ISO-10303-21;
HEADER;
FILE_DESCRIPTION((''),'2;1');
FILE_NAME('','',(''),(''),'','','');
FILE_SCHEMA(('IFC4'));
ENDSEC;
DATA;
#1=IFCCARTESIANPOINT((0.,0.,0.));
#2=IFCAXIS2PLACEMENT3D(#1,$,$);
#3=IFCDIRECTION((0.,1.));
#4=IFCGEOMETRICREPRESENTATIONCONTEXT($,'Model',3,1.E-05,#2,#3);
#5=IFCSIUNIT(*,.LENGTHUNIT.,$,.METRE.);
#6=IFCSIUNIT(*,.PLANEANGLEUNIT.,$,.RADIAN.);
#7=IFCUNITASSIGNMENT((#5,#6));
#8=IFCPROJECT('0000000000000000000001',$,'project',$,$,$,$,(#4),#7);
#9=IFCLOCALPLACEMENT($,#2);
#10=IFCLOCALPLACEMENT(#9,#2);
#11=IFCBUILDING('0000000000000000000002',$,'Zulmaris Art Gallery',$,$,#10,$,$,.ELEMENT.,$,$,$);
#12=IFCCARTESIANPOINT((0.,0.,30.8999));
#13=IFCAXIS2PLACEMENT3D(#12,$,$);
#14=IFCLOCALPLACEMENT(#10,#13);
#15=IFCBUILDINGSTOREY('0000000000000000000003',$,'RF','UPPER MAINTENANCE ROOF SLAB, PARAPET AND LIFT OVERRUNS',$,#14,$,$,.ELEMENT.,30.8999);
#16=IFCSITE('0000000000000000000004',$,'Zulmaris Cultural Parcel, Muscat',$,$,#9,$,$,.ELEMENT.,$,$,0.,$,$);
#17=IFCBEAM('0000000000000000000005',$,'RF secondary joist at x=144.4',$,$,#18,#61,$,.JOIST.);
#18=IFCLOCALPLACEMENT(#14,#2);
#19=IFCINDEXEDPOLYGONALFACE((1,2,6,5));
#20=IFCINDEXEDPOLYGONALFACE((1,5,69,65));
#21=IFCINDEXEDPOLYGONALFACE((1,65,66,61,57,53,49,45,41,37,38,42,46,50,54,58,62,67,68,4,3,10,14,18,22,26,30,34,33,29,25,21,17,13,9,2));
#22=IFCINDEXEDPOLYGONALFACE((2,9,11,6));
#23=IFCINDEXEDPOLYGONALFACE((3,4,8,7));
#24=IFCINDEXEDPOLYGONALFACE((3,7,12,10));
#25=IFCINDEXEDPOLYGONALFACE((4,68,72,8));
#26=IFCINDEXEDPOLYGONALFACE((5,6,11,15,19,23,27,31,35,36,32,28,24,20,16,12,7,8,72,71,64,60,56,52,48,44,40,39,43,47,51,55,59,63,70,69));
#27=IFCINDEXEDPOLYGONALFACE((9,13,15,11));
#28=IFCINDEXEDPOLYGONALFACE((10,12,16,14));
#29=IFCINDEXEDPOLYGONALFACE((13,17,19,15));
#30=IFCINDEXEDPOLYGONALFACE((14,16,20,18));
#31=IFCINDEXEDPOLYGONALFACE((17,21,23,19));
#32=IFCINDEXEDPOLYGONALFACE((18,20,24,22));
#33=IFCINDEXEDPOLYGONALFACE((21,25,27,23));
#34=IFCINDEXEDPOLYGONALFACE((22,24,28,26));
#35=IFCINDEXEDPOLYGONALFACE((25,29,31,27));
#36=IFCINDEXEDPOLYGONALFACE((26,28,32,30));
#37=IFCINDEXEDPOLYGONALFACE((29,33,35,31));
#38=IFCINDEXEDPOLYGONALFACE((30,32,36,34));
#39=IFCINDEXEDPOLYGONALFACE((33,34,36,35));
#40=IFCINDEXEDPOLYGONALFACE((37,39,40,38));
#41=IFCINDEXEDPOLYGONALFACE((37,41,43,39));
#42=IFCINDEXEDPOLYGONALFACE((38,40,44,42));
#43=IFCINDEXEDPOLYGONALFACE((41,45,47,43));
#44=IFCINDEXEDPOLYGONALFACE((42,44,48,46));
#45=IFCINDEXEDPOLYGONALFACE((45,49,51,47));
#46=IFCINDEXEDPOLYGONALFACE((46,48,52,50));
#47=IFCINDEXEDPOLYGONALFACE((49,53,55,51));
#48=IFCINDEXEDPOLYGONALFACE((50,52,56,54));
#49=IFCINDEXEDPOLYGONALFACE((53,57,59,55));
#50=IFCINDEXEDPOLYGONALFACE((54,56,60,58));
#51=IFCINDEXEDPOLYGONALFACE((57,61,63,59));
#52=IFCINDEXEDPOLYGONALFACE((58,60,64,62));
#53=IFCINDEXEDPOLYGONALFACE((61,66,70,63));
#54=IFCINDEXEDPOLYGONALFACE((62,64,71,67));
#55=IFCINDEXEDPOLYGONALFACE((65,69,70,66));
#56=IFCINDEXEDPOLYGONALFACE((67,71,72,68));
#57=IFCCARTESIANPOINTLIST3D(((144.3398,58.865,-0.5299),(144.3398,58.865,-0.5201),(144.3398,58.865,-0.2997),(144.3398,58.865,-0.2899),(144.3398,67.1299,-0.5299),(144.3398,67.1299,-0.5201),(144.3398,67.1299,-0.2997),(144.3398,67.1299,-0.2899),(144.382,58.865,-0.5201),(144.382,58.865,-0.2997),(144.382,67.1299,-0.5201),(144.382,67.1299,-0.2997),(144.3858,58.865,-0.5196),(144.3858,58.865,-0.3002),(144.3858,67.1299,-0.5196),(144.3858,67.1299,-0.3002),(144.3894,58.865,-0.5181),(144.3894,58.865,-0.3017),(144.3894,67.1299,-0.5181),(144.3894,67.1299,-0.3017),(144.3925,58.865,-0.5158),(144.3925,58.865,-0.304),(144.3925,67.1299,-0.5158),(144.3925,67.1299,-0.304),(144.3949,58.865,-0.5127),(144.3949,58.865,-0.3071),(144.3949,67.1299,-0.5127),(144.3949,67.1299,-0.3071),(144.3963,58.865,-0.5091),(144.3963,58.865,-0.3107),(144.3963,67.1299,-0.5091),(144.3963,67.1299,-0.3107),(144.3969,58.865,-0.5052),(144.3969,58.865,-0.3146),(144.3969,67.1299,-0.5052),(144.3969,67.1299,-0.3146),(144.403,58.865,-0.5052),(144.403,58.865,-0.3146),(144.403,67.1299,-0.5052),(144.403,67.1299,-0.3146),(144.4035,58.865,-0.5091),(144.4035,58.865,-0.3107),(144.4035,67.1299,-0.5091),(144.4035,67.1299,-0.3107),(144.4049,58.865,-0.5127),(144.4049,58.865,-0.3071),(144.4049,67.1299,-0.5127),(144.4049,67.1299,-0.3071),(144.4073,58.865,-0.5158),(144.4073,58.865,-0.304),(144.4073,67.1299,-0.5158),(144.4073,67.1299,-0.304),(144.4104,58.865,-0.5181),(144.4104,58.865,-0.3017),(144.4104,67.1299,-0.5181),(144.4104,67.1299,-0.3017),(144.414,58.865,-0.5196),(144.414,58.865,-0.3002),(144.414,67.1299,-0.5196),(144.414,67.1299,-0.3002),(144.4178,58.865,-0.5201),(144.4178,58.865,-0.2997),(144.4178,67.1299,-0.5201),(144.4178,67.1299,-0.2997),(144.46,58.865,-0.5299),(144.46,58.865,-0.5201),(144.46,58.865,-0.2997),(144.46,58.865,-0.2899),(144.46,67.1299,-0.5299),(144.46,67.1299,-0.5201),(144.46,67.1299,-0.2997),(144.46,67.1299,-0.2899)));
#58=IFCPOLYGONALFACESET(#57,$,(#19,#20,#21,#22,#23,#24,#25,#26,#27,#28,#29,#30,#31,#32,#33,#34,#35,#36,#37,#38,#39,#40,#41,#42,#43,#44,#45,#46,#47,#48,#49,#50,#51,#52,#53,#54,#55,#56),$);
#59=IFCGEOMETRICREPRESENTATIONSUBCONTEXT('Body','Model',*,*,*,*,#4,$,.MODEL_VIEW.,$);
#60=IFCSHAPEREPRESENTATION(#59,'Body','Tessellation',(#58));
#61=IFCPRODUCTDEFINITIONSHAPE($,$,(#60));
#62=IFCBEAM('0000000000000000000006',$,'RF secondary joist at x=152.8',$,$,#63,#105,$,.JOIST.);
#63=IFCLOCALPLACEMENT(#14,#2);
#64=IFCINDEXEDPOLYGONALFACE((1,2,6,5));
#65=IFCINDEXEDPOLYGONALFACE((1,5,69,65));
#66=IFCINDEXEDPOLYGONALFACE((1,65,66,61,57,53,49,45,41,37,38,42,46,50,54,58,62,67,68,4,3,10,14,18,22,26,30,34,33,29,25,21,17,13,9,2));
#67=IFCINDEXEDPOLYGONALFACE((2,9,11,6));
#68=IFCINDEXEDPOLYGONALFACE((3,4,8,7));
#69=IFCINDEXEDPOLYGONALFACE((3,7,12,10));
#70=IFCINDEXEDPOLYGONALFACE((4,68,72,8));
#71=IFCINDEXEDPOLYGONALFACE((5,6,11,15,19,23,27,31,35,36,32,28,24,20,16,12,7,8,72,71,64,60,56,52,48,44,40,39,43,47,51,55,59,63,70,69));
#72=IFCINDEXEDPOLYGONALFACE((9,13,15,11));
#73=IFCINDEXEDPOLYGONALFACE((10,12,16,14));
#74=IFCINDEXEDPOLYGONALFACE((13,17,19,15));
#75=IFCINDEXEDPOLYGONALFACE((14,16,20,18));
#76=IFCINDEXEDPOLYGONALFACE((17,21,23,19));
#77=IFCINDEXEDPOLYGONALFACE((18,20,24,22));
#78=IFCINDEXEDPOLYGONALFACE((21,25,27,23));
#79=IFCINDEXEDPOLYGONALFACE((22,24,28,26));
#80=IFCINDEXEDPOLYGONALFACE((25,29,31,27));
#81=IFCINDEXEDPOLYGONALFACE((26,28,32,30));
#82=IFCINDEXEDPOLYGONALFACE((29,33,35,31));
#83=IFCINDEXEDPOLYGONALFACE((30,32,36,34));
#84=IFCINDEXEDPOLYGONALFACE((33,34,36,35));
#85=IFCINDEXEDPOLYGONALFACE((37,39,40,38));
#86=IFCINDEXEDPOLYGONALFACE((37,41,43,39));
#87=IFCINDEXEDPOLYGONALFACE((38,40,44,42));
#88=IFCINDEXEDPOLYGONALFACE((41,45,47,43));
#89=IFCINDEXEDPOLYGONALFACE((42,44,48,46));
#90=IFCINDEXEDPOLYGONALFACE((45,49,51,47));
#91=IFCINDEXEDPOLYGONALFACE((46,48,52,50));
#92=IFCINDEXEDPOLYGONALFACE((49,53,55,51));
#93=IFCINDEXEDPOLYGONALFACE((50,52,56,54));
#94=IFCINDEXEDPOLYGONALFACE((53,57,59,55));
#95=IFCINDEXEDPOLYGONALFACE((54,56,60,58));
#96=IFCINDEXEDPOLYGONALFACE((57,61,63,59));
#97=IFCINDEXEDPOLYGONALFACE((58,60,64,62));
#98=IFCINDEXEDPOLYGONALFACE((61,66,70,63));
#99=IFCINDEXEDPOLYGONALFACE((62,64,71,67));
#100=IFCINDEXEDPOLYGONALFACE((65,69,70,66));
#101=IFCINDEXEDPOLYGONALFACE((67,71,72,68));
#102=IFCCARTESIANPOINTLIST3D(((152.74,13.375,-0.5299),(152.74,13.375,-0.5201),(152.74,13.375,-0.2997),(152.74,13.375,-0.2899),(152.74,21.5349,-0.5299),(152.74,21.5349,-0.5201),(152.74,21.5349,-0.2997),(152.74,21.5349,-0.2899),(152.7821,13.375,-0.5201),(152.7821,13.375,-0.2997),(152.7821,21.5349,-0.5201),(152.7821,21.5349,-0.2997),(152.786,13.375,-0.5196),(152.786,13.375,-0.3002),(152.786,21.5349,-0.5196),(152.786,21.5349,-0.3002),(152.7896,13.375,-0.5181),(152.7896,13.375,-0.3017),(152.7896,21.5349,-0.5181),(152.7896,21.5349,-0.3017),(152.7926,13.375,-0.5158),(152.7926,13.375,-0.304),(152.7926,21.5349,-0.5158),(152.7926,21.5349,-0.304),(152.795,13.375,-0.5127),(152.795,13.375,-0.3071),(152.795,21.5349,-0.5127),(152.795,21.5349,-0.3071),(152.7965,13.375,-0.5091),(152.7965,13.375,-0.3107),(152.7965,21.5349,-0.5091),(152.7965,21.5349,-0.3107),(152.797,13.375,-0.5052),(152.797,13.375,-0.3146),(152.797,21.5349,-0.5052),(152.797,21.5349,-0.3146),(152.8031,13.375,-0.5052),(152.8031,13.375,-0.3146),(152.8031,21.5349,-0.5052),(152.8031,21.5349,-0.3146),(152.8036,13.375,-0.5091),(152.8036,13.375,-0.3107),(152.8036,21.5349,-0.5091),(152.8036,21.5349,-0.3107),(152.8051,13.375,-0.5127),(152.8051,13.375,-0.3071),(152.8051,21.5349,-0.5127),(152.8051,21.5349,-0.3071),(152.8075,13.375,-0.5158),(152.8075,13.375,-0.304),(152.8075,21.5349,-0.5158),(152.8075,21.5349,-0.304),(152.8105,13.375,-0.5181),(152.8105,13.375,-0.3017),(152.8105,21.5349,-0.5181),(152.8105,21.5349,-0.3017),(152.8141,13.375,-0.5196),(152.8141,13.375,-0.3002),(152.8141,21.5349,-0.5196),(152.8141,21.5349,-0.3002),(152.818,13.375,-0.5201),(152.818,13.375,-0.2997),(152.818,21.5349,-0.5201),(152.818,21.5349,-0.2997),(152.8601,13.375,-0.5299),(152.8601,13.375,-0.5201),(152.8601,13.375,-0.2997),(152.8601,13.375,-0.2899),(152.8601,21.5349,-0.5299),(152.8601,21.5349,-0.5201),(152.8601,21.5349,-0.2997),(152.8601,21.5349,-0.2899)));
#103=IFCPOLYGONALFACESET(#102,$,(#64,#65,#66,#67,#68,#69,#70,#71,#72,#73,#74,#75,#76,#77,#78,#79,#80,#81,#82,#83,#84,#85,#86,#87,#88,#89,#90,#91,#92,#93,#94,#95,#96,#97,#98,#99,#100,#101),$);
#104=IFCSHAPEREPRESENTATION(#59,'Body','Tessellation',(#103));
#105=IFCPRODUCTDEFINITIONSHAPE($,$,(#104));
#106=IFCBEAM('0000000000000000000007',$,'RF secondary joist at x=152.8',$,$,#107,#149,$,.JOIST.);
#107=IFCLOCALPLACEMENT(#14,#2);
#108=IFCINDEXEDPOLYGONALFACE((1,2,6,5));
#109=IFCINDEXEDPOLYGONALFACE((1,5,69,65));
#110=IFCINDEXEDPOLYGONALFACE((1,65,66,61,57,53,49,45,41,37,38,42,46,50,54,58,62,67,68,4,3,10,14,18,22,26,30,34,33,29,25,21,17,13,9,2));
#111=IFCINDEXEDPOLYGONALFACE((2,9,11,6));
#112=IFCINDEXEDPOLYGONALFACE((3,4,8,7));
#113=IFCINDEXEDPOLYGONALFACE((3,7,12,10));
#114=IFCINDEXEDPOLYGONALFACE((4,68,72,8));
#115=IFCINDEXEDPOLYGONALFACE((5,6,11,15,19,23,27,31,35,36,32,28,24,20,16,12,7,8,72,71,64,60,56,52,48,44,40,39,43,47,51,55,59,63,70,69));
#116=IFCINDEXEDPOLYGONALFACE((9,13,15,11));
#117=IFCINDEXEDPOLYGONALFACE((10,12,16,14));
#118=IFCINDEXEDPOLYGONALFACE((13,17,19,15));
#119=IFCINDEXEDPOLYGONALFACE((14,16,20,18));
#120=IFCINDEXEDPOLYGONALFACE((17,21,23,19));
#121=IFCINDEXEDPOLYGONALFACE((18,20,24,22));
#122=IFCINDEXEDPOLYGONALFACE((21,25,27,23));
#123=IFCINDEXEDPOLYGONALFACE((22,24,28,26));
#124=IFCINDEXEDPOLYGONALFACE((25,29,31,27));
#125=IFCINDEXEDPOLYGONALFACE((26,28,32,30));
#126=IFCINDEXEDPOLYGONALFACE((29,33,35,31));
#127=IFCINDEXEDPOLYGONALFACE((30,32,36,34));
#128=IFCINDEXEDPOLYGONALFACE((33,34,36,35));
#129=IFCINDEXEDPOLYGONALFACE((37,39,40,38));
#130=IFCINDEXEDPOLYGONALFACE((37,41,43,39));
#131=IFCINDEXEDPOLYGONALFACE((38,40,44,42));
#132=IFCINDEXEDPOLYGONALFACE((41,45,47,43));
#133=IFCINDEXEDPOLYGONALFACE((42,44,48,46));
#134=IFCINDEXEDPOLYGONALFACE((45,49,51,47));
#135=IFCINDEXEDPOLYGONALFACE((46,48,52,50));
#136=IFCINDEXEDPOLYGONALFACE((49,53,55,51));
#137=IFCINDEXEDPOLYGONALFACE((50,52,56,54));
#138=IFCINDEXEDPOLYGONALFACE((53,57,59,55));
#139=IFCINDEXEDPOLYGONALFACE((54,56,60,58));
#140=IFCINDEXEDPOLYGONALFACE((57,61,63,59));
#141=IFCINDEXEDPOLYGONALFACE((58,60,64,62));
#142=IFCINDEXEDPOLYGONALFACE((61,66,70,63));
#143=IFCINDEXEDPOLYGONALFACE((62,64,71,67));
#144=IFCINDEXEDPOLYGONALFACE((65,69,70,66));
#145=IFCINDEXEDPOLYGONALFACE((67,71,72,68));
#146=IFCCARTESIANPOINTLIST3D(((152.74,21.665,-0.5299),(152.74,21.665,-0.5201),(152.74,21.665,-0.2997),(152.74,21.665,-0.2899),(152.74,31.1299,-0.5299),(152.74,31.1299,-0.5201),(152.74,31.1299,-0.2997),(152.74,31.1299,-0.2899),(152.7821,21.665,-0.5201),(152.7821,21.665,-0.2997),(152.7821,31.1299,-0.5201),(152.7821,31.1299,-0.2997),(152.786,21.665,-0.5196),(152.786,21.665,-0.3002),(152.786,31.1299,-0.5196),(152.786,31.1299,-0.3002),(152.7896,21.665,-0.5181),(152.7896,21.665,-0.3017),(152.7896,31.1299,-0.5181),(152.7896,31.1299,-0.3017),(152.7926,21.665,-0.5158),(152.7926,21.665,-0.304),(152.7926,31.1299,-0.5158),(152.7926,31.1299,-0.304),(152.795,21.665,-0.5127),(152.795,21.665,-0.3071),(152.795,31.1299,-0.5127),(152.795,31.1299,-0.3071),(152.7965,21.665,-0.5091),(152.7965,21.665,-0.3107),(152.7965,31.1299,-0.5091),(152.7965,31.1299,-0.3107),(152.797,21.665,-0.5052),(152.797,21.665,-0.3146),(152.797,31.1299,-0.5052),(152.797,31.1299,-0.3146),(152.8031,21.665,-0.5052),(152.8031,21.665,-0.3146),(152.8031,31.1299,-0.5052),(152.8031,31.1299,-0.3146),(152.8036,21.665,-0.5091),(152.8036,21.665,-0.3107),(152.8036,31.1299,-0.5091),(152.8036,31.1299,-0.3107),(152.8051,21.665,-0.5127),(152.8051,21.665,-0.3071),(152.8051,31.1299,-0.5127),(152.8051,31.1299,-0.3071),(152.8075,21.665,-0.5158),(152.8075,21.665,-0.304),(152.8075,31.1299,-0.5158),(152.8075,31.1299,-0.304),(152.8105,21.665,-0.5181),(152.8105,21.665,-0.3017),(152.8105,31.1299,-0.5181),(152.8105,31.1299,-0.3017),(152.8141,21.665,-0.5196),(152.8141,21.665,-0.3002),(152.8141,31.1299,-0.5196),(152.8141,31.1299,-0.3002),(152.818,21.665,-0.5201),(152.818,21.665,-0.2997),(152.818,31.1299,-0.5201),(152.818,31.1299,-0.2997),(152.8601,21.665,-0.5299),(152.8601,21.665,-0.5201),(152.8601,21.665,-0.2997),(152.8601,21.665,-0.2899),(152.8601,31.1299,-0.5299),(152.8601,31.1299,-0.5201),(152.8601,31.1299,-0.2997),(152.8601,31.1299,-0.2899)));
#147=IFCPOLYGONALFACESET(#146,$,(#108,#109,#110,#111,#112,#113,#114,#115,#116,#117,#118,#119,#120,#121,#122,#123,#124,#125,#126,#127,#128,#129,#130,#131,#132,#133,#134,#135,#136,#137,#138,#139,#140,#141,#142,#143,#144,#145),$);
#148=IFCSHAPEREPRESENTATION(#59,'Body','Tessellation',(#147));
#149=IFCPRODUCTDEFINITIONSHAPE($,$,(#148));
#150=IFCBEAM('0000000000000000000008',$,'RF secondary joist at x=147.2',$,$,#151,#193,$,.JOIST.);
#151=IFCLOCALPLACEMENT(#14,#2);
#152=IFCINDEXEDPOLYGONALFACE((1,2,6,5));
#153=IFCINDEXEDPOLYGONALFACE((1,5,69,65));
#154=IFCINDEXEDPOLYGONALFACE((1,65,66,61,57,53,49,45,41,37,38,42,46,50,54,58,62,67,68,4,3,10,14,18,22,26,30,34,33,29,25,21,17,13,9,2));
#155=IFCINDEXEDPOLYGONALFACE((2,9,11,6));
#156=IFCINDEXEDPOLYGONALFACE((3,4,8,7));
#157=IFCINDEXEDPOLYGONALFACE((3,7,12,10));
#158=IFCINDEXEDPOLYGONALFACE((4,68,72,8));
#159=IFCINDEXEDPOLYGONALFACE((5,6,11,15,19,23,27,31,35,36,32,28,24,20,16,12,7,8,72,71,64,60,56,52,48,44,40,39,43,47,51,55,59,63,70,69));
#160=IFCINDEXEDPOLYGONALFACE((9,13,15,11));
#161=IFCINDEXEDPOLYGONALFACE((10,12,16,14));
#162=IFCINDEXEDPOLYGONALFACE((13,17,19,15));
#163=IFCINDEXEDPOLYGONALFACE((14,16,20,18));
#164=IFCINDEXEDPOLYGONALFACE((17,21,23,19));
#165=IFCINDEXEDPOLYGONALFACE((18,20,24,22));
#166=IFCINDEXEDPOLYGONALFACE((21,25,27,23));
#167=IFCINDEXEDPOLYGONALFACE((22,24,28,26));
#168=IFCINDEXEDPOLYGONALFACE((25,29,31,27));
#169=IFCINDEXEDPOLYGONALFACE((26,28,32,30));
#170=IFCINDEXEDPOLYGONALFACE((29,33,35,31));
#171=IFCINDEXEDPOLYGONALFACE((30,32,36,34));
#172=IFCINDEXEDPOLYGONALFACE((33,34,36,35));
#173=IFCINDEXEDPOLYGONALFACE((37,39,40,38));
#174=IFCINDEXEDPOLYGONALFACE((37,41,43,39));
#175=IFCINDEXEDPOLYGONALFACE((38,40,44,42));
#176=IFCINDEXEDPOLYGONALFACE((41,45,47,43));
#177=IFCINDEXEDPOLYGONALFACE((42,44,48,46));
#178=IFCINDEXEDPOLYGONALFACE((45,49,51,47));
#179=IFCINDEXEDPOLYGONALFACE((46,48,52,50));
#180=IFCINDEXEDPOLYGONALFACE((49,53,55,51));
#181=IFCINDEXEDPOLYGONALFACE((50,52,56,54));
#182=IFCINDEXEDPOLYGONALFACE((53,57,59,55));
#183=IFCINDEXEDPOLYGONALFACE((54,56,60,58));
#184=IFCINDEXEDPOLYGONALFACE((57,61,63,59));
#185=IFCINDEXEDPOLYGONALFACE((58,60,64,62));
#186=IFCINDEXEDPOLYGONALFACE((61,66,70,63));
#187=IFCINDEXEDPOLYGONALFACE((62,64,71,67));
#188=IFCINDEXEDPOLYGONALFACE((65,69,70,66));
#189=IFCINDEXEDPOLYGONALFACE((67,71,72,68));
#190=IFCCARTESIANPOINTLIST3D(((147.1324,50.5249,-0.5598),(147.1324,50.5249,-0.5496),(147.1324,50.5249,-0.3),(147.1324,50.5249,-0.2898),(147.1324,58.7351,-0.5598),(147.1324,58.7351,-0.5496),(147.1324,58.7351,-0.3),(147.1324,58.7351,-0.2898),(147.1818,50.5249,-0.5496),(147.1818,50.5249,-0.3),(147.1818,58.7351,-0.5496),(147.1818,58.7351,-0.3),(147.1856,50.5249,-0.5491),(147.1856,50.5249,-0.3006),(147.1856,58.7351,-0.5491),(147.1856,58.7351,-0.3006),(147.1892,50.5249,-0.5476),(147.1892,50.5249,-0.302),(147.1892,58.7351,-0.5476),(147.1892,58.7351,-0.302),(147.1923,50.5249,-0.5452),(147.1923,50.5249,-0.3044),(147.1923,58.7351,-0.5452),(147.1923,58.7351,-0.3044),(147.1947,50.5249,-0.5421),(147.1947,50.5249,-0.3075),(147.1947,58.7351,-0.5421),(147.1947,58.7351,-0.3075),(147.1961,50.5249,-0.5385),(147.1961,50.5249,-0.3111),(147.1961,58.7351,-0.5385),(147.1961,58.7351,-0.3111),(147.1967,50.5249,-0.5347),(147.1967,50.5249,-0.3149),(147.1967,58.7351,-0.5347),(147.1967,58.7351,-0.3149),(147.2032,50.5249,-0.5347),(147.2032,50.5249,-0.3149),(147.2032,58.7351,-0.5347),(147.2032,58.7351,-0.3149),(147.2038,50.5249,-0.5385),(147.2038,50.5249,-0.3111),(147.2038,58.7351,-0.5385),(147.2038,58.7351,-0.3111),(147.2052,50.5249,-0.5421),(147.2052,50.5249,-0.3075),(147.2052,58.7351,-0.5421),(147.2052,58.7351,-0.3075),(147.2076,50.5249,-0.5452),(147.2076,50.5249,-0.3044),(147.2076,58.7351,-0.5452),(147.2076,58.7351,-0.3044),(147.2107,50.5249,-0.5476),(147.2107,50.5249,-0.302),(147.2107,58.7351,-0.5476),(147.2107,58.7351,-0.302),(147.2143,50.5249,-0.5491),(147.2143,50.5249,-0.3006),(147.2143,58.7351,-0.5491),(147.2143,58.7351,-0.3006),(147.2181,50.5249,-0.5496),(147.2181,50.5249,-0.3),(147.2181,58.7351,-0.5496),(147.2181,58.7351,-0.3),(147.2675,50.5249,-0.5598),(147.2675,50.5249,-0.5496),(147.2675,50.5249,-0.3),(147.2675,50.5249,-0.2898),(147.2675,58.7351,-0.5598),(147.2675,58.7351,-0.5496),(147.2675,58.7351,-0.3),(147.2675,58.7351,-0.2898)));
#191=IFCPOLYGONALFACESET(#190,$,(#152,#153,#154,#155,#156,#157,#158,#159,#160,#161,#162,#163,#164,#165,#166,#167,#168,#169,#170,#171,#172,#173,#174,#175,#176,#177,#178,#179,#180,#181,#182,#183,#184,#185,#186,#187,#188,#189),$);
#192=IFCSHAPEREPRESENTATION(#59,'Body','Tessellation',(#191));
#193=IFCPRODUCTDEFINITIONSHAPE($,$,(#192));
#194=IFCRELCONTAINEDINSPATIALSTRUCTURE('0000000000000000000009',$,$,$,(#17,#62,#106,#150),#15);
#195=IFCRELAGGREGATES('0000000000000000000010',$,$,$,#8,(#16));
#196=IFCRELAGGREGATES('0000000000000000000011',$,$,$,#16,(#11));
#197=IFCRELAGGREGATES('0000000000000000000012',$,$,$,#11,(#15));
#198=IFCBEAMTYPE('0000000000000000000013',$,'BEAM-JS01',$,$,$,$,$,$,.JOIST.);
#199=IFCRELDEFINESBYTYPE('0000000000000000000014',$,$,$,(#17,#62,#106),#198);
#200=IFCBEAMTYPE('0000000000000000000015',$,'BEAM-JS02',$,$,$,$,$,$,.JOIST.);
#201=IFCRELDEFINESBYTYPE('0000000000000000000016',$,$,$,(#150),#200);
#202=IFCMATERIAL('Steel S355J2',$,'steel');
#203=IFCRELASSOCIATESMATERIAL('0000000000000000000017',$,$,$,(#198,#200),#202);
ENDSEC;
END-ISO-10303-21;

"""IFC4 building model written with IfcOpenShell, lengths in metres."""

from ifc_helpers import new_model, si_unit, direction, frame, origin, origin_2d, place, context, subcontext, project, spatial, i_section, extrude, material, material_profile, profile_set, type_object, element, save


model = new_model("IFC4")

# Units and contexts
model_context = context("Model", 3, precision=1e-05, world=origin(), true_north=direction((0.0, 1.0)))
body_context = subcontext(model_context, "Body", "Model", "MODEL_VIEW")
ifc_project = project(units=[si_unit("LENGTHUNIT", "METRE"), si_unit("PLANEANGLEUNIT", "RADIAN")], contexts=[model_context])

# Site, building, storey
site_placement = place(None, origin())
site = spatial("IfcSite", under=ifc_project, at=site_placement, Name="Zulmaris Cultural Parcel, Muscat", CompositionType="ELEMENT", RefElevation=0.0)
building_placement = place(site_placement, origin())
building = spatial("IfcBuilding", under=site, at=building_placement, Name="Zulmaris Art Gallery", CompositionType="ELEMENT")
storey_placement = place(building_placement, frame((0.0, 0.0, 30.8999)))
storey = spatial("IfcBuildingStorey", under=building, at=storey_placement, Name="RF", Description="UPPER MAINTENANCE ROOF SLAB, PARAPET AND LIFT OVERRUNS", CompositionType="ELEMENT", Elevation=30.8999)

# Beams
ifc_material_1 = material(Name="Steel S355J2", Category="steel")
ifc_material_profile_1 = material_profile(ifc_material_1, i_section(OverallWidth=0.1201, OverallDepth=0.24, WebThickness=0.0061, FlangeThickness=0.0098, FilletRadius=0.0149, at=origin_2d()), Name="IPE 240")
ifc_profile_set_1 = profile_set([ifc_material_profile_1], Name="Steel S355J2")
beam_type_1 = type_object("IfcBeamType", Name="BEAM-JS01", PredefinedType="JOIST", material=ifc_profile_set_1)
beam_1_placement = place(storey_placement, frame((144.3999, 58.865, -0.4099), z_axis=(0.0, 1.0, 0.0), x_axis=(-1.0, 0.0, 0.0)))
element("IfcBeam", 1, at=beam_1_placement, inside=storey, type_object=beam_type_1, Name="RF secondary joist at x=144.4", PredefinedType="JOIST", context=body_context, shape_type="SweptSolid", body=[
    extrude(i_section(OverallWidth=0.1201, OverallDepth=0.24, WebThickness=0.0061, FlangeThickness=0.0098, FilletRadius=0.0149, at=origin_2d()), origin(), (0.0, 0.0, 1.0), 8.2649),
])
beam_2_placement = place(storey_placement, frame((152.8, 13.375, -0.4099), z_axis=(0.0, 1.0, 0.0), x_axis=(-1.0, 0.0, 0.0)))
element("IfcBeam", 2, at=beam_2_placement, inside=storey, type_object=beam_type_1, Name="RF secondary joist at x=152.8", PredefinedType="JOIST", context=body_context, shape_type="SweptSolid", body=[
    extrude(i_section(OverallWidth=0.1201, OverallDepth=0.24, WebThickness=0.0061, FlangeThickness=0.0098, FilletRadius=0.0149, at=origin_2d()), origin(), (0.0, 0.0, 1.0), 8.1599),
])
beam_3_placement = place(storey_placement, frame((152.8, 21.665, -0.4099), z_axis=(0.0, 1.0, 0.0), x_axis=(-1.0, 0.0, 0.0)))
element("IfcBeam", 3, at=beam_3_placement, inside=storey, type_object=beam_type_1, Name="RF secondary joist at x=152.8", PredefinedType="JOIST", context=body_context, shape_type="SweptSolid", body=[
    extrude(i_section(OverallWidth=0.1201, OverallDepth=0.24, WebThickness=0.0061, FlangeThickness=0.0098, FilletRadius=0.0149, at=origin_2d()), origin(), (0.0, 0.0, 1.0), 9.4648),
])
ifc_material_profile_2 = material_profile(ifc_material_1, i_section(OverallWidth=0.135, OverallDepth=0.27, WebThickness=0.0066, FlangeThickness=0.0103, FilletRadius=0.0149, at=origin_2d()), Name="IPE 270")
ifc_profile_set_2 = profile_set([ifc_material_profile_2], Name="Steel S355J2")
beam_type_2 = type_object("IfcBeamType", Name="BEAM-JS02", PredefinedType="JOIST", material=ifc_profile_set_2)
beam_4_placement = place(storey_placement, frame((147.2, 50.5249, -0.4248), z_axis=(0.0, 1.0, 0.0), x_axis=(-1.0, 0.0, 0.0)))
element("IfcBeam", 4, at=beam_4_placement, inside=storey, type_object=beam_type_2, Name="RF secondary joist at x=147.2", PredefinedType="JOIST", context=body_context, shape_type="SweptSolid", body=[
    extrude(i_section(OverallWidth=0.135, OverallDepth=0.27, WebThickness=0.0066, FlangeThickness=0.0103, FilletRadius=0.0149, at=origin_2d()), origin(), (0.0, 0.0, 1.0), 8.2102),
])

save(model, "model.ifc")
